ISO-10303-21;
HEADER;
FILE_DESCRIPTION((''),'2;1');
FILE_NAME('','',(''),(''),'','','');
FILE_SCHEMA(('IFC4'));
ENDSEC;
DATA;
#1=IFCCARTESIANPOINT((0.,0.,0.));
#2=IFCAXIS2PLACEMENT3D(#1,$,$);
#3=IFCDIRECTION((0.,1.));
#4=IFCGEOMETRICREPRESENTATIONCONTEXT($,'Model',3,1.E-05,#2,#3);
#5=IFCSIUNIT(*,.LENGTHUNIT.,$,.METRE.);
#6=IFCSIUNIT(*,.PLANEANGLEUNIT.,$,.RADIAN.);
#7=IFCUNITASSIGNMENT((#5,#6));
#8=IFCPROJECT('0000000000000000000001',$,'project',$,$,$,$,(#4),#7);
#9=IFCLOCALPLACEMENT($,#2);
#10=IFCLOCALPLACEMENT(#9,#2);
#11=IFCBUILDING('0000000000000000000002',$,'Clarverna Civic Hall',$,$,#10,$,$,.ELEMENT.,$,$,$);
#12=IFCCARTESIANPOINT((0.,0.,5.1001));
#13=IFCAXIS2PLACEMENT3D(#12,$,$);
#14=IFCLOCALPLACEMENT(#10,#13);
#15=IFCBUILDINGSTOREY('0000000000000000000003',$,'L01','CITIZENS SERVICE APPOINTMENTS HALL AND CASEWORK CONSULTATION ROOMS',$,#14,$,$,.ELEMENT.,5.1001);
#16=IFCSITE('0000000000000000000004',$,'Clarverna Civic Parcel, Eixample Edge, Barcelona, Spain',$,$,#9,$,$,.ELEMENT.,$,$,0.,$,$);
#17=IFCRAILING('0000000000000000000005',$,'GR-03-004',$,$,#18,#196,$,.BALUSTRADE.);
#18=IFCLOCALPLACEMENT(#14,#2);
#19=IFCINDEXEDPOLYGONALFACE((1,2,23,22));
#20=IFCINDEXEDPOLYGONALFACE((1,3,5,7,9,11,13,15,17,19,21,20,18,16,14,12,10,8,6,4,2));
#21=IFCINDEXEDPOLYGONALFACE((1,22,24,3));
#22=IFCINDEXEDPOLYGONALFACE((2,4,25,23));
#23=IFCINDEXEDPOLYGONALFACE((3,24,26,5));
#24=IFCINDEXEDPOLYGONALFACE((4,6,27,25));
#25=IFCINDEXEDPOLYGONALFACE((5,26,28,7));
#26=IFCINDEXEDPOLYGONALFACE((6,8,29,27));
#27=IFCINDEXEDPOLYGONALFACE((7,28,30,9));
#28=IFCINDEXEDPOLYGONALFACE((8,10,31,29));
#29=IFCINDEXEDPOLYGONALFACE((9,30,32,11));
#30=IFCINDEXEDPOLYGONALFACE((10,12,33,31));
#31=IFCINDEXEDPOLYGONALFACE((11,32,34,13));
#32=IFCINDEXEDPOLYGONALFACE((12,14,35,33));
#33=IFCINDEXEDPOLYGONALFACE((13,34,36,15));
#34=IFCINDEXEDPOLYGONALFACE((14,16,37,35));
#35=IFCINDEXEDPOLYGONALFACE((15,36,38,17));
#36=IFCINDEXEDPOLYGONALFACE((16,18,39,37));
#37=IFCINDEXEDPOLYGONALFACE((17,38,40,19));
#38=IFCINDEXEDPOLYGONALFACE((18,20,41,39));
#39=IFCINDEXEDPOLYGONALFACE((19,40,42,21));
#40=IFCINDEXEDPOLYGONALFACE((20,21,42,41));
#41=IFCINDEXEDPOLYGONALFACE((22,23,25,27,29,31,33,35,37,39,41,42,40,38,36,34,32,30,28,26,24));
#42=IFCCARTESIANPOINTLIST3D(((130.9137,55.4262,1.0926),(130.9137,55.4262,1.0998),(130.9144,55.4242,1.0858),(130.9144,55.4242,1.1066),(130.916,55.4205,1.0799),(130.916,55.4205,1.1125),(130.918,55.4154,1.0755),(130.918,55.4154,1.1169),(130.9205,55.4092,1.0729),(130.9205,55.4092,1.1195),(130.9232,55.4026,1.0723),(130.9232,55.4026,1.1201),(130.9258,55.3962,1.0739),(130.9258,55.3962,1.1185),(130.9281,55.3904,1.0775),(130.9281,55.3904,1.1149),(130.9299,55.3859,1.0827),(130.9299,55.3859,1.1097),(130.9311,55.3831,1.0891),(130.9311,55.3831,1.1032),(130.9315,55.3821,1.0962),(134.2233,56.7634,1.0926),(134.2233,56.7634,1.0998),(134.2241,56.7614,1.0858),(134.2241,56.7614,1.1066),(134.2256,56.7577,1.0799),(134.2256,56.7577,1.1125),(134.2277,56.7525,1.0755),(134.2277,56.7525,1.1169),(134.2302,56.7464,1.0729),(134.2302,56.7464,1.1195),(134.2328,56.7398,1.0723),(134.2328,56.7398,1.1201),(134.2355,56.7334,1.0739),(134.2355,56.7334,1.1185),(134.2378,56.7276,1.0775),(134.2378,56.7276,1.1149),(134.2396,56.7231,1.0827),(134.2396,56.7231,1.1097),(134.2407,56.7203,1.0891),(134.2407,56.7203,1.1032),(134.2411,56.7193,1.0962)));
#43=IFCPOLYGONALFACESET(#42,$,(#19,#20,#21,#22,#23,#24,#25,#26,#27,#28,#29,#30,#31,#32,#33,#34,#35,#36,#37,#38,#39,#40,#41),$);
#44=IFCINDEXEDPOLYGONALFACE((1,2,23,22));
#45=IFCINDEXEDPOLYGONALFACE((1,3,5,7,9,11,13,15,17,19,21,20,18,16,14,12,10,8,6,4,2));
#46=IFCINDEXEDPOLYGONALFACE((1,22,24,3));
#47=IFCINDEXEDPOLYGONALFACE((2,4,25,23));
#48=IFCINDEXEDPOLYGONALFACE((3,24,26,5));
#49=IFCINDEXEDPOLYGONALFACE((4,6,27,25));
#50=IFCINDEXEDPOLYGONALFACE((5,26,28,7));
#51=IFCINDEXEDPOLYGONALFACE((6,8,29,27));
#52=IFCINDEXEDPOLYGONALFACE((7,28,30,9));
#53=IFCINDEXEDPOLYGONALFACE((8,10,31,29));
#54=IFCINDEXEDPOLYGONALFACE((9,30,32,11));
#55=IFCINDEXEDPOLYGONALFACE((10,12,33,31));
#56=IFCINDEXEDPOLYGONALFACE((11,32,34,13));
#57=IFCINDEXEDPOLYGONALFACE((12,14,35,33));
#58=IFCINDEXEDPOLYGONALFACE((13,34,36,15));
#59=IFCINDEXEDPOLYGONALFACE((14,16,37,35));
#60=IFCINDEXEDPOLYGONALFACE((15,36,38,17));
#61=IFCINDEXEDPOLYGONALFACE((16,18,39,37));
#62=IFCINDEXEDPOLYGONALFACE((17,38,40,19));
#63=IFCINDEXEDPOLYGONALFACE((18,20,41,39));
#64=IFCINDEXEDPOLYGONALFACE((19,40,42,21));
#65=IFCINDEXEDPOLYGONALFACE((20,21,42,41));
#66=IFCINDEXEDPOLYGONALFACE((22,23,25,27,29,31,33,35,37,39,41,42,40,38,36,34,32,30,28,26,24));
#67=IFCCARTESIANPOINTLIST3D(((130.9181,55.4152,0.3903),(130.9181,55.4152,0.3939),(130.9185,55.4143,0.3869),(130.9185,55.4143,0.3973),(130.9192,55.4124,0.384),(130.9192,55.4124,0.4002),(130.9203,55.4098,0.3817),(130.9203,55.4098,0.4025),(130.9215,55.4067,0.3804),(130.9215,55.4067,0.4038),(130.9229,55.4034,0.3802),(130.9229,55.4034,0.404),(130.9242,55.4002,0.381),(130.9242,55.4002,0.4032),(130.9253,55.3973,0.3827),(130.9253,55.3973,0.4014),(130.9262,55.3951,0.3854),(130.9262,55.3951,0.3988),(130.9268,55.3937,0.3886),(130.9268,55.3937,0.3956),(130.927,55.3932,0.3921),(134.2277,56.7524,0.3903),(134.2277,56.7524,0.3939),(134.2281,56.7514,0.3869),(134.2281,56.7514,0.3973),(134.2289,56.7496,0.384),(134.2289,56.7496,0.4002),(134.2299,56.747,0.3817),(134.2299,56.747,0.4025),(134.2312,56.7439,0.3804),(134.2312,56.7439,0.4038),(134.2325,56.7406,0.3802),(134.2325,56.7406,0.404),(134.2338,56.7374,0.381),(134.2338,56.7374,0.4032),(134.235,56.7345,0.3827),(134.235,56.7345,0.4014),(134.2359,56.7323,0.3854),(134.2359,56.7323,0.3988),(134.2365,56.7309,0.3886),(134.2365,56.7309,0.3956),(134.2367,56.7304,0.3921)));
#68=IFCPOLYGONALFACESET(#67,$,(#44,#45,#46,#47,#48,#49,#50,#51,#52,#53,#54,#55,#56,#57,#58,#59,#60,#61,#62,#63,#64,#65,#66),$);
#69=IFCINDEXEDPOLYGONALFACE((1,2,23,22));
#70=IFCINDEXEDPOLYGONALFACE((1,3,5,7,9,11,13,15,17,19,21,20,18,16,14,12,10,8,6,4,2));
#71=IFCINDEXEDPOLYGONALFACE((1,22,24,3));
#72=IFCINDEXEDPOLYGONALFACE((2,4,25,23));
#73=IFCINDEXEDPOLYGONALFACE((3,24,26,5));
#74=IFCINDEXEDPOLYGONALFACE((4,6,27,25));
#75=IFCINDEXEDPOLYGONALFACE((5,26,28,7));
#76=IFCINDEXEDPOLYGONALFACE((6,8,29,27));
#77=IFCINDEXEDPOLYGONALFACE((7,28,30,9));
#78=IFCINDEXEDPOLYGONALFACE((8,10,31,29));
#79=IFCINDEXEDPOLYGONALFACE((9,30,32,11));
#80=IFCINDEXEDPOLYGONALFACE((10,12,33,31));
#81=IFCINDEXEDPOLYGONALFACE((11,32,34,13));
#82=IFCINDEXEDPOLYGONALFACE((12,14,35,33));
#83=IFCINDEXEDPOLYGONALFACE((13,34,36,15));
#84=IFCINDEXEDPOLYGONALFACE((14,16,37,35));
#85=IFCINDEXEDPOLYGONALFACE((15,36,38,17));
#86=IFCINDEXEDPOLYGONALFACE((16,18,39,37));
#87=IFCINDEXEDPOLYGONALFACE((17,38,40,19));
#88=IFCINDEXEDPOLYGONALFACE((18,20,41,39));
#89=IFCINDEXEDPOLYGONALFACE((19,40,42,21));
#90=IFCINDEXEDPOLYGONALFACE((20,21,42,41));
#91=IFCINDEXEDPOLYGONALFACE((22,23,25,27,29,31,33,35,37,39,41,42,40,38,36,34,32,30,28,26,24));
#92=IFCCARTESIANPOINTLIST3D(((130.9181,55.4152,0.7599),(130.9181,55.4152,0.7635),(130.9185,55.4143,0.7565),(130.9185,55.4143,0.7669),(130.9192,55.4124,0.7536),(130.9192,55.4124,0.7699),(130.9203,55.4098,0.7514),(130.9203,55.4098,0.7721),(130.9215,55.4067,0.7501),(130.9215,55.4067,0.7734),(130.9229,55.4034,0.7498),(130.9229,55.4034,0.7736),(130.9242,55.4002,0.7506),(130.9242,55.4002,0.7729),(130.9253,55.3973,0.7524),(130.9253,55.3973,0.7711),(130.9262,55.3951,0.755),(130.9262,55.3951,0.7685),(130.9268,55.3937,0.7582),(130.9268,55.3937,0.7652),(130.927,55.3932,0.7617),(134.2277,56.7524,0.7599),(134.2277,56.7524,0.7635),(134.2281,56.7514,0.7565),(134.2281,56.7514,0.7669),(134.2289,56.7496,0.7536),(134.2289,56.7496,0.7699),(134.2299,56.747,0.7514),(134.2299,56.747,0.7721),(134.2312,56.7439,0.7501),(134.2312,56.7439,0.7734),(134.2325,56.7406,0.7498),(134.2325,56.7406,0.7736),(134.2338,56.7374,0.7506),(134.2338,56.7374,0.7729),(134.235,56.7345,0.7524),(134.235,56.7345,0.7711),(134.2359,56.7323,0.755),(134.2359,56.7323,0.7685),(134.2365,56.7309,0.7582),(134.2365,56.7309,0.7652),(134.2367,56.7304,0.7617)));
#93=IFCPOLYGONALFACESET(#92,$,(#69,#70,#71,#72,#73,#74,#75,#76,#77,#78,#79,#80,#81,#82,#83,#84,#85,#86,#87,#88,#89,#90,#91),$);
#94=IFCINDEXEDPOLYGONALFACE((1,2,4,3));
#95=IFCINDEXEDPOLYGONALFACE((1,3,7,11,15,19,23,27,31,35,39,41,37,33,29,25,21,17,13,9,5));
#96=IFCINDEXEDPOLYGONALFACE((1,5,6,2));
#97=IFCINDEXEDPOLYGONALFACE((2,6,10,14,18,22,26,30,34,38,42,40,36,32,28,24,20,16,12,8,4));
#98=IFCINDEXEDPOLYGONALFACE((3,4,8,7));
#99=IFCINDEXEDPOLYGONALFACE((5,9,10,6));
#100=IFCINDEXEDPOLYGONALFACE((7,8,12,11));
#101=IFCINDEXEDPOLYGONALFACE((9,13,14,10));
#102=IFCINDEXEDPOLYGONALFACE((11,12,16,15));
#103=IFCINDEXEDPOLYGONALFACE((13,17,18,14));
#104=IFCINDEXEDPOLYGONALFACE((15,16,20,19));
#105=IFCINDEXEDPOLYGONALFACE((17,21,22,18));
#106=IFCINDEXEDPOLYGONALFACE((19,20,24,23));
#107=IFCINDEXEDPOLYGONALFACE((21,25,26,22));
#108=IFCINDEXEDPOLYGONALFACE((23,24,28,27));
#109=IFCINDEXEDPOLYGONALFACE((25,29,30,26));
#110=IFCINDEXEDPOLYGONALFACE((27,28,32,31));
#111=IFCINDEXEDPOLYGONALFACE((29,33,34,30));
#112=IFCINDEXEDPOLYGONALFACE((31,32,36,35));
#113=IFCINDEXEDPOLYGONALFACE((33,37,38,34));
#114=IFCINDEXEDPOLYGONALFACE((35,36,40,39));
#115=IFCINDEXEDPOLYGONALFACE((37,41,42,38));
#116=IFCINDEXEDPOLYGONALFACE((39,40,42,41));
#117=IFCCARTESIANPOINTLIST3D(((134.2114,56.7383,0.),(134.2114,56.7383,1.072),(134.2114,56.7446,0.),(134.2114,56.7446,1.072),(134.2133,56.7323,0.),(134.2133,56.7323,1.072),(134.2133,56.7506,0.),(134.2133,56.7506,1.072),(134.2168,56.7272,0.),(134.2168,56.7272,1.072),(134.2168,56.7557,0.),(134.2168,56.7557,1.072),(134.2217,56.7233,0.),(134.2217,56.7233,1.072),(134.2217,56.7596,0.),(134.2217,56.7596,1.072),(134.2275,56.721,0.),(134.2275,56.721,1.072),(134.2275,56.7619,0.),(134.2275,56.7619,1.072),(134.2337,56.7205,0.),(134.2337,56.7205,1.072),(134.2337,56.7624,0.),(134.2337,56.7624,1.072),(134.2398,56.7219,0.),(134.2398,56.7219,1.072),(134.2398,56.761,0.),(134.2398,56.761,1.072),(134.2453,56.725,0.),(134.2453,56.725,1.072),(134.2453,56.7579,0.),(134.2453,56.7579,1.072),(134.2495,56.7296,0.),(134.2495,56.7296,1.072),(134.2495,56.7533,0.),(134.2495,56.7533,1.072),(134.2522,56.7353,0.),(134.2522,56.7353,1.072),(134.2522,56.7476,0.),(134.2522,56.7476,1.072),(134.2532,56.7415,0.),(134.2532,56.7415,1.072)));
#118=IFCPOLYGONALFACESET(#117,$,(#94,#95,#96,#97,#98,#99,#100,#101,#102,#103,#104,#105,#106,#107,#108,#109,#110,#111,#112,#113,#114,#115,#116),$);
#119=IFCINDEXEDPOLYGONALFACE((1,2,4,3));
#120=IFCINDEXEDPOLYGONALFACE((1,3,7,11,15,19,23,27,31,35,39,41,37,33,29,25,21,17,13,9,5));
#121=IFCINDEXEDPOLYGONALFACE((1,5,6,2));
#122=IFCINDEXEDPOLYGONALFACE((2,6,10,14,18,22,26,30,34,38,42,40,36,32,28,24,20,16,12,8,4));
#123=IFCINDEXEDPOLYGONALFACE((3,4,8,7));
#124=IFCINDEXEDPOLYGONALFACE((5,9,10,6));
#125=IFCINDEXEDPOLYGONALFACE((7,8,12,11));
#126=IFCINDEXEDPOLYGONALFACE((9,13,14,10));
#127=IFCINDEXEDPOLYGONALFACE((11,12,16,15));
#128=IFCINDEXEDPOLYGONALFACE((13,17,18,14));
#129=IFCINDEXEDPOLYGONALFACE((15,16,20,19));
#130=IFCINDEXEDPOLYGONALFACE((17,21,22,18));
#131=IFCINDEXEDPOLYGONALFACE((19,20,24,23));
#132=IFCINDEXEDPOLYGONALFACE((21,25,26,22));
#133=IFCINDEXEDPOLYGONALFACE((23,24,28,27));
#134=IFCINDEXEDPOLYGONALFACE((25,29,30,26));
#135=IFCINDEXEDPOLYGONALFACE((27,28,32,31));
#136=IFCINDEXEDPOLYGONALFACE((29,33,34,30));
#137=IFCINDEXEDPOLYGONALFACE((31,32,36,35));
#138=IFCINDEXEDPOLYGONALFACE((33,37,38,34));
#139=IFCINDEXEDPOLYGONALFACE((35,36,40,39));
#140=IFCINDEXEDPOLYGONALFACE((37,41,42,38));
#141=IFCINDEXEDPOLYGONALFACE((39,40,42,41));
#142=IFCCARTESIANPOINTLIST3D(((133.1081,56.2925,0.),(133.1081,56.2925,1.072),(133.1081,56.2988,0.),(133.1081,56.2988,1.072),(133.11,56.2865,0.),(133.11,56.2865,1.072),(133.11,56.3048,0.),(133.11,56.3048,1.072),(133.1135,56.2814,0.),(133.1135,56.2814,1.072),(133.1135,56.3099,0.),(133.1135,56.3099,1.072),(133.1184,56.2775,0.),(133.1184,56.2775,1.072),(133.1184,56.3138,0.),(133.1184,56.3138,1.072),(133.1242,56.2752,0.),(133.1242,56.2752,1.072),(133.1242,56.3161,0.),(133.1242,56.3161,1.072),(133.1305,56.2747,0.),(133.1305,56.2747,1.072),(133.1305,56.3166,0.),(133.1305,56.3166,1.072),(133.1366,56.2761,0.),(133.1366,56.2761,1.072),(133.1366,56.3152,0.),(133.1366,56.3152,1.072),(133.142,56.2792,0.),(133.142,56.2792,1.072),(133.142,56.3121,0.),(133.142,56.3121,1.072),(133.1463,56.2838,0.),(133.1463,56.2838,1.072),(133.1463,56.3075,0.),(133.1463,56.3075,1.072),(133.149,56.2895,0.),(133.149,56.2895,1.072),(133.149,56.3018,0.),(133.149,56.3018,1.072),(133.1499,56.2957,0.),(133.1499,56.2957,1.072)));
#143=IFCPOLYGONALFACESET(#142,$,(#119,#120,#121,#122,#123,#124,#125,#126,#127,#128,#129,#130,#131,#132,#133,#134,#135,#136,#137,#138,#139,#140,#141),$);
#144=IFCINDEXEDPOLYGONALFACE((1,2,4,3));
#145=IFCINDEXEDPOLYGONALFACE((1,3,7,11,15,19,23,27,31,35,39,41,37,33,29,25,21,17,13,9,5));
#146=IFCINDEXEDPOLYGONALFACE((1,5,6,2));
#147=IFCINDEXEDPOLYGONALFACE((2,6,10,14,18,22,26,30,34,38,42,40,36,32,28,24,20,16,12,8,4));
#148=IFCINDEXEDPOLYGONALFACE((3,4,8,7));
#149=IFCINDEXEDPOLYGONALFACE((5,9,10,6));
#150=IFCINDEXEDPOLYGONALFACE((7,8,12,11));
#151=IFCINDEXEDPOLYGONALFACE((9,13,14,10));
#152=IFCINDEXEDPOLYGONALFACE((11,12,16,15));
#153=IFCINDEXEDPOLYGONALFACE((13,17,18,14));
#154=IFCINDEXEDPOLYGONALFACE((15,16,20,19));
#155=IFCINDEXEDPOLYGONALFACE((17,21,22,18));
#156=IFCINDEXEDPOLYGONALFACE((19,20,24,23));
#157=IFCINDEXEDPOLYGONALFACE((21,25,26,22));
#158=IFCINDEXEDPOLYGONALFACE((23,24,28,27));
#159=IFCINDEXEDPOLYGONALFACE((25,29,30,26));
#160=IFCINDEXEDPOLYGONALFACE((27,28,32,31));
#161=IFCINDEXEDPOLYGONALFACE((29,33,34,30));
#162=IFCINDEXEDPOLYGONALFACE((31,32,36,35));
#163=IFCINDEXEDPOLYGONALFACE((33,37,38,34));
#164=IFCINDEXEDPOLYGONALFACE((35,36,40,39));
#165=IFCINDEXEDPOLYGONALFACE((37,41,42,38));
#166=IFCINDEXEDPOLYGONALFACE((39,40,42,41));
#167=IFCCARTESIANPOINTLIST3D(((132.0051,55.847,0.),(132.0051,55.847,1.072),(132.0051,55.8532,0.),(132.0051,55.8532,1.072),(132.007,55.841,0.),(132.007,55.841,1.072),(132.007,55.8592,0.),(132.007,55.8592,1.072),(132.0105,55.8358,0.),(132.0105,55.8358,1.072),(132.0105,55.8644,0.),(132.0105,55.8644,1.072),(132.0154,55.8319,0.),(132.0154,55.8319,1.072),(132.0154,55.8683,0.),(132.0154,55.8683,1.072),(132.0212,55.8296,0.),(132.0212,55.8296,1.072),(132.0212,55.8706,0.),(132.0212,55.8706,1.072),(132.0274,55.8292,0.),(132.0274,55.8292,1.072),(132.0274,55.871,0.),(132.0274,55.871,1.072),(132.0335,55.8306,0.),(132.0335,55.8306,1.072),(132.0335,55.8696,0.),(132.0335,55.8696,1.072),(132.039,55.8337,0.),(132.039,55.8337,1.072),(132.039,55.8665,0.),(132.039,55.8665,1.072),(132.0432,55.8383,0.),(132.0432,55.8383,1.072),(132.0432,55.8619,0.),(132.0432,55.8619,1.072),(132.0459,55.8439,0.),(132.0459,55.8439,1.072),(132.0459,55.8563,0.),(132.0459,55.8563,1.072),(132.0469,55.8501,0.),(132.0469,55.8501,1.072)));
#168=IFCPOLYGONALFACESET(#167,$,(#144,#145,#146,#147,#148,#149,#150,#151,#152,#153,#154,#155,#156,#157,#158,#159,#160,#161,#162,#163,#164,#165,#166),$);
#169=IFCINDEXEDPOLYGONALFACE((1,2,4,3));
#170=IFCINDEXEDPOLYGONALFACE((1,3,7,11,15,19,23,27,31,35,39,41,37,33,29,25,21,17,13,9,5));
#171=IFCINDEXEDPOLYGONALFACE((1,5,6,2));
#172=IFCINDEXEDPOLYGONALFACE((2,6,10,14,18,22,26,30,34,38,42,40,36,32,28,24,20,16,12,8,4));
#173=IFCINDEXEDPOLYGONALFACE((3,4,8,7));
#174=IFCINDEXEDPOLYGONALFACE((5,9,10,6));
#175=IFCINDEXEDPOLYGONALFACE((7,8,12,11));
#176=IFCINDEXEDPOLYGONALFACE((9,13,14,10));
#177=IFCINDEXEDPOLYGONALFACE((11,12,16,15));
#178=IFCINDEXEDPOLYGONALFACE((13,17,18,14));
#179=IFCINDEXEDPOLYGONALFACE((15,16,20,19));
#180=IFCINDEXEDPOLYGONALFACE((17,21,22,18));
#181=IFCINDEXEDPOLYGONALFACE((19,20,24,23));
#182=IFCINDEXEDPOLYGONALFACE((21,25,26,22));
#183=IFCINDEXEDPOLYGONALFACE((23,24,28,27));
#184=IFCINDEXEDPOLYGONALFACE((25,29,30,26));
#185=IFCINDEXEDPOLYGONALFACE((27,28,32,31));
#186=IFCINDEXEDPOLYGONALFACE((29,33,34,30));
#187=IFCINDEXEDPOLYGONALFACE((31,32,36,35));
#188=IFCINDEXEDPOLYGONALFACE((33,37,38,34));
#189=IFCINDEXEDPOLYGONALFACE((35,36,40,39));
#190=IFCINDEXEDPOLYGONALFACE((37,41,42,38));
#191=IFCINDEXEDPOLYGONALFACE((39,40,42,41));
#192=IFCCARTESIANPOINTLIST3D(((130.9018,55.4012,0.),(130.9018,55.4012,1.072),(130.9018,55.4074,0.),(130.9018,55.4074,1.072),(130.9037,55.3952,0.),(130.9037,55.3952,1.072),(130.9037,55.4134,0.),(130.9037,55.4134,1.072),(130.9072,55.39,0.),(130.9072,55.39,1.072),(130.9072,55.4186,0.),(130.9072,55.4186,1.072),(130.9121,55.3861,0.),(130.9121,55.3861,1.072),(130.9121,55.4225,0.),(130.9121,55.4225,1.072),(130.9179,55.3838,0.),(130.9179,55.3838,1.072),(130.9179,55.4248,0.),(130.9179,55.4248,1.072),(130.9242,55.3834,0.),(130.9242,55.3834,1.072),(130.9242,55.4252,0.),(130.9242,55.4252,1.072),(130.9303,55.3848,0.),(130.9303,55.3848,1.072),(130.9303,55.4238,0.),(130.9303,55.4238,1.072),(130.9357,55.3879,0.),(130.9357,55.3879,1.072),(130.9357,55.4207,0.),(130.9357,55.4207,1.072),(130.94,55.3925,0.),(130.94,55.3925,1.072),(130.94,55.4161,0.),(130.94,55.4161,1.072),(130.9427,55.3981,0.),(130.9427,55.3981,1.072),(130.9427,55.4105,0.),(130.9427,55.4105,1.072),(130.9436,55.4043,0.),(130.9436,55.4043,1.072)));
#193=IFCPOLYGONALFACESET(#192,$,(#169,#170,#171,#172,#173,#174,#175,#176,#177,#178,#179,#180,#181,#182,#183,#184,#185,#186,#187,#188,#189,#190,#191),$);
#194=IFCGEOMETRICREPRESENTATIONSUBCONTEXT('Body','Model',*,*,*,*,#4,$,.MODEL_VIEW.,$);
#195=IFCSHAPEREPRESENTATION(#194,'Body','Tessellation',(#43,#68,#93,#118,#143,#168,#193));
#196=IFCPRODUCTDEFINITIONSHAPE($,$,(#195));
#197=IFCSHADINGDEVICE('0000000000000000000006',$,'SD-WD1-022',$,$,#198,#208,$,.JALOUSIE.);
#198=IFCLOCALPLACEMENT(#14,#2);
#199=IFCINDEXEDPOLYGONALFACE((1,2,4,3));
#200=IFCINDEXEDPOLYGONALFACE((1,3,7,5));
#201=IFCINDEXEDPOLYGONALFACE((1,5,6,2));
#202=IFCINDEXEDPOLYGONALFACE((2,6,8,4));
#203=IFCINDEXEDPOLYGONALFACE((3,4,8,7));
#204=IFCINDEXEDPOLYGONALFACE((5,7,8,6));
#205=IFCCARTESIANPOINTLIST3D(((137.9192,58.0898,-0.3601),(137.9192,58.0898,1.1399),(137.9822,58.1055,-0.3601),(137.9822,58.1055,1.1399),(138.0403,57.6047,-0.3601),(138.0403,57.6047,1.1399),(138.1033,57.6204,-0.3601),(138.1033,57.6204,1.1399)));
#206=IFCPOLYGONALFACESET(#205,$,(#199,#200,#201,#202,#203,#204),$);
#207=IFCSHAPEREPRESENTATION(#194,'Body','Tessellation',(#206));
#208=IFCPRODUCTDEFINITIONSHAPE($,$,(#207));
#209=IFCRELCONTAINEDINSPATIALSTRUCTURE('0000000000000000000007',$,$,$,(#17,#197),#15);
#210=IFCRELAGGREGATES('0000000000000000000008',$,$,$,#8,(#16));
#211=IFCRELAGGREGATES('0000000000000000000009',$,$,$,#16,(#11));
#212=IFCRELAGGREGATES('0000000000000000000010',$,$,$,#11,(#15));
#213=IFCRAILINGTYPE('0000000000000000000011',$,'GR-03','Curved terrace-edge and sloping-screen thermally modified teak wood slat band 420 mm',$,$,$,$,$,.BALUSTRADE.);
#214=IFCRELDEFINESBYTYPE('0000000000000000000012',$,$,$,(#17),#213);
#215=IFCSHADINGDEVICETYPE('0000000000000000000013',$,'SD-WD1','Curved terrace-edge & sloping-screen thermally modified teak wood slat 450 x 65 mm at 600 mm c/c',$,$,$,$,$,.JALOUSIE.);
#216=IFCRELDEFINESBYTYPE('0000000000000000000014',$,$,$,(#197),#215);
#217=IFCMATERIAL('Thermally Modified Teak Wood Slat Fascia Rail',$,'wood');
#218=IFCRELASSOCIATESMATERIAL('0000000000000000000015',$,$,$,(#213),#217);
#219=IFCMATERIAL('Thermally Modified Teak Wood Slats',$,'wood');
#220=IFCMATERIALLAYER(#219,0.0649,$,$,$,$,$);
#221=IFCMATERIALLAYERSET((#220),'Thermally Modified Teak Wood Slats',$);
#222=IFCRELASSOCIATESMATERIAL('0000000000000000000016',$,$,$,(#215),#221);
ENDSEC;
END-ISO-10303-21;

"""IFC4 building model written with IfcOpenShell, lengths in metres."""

from ifc_helpers import new_model, si_unit, direction, frame, frame_2d, origin, origin_2d, place, context, subcontext, project, spatial, rectangle, circle, extrude, material, layer, layer_set, type_object, element, save


model = new_model("IFC4")

# Units and contexts
model_context = context("Model", 3, precision=1e-05, world=origin(), true_north=direction((0.0, 1.0)))
body_context = subcontext(model_context, "Body", "Model", "MODEL_VIEW")
ifc_project = project(units=[si_unit("LENGTHUNIT", "METRE"), si_unit("PLANEANGLEUNIT", "RADIAN")], contexts=[model_context])

# Site, building, storey
site_placement = place(None, origin())
site = spatial("IfcSite", under=ifc_project, at=site_placement, Name="Clarverna Civic Parcel, Eixample Edge, Barcelona, Spain", CompositionType="ELEMENT", RefElevation=0.0)
building_placement = place(site_placement, origin())
building = spatial("IfcBuilding", under=site, at=building_placement, Name="Clarverna Civic Hall", CompositionType="ELEMENT")
storey_placement = place(building_placement, frame((0.0, 0.0, 5.1001)))
storey = spatial("IfcBuildingStorey", under=building, at=storey_placement, Name="L01", Description="CITIZENS SERVICE APPOINTMENTS HALL AND CASEWORK CONSULTATION ROOMS", CompositionType="ELEMENT", Elevation=5.1001)

# Railing
ifc_material_1 = material(Name="Thermally Modified Teak Wood Slat Fascia Rail", Category="wood")
railing_type_1 = type_object("IfcRailingType", Name="GR-03", Description="Curved terrace-edge and sloping-screen thermally modified teak wood slat band 420 mm", PredefinedType="BALUSTRADE", material=ifc_material_1)
railing_1_placement = place(storey_placement, frame((134.2322, 56.7415, 0.0)))
element("IfcRailing", 1, at=railing_1_placement, inside=storey, type_object=railing_type_1, Name="GR-03-004", PredefinedType="BALUSTRADE", context=body_context, shape_type="SweptSolid", body=[
    extrude(circle(Radius=0.0239, at=origin_2d()), frame((0.0, 0.0, 1.0962), z_axis=(-0.927183, -0.374608, 0.0), x_axis=(0.374608, -0.927183, 0.0)), (0.0, 0.0, 1.0), 3.5696),
    extrude(circle(Radius=0.012, at=origin_2d()), frame((0.0, 0.0, 0.3921), z_axis=(-0.927183, -0.374608, 0.0), x_axis=(0.374608, -0.927183, 0.0)), (0.0, 0.0, 1.0), 3.5696),
    extrude(circle(Radius=0.012, at=origin_2d()), frame((0.0, 0.0, 0.7617), z_axis=(-0.927183, -0.374608, 0.0), x_axis=(0.374608, -0.927183, 0.0)), (0.0, 0.0, 1.0), 3.5696),
    extrude(circle(Radius=0.021, at=origin_2d()), origin(), (0.0, 0.0, 1.0), 1.072),
    extrude(circle(Radius=0.021, at=origin_2d()), frame((-1.1033, -0.4458, 0.0)), (0.0, 0.0, 1.0), 1.072),
    extrude(circle(Radius=0.021, at=origin_2d()), frame((-2.2063, -0.8914, 0.0)), (0.0, 0.0, 1.0), 1.072),
    extrude(circle(Radius=0.021, at=origin_2d()), frame((-3.3096, -1.3372, 0.0)), (0.0, 0.0, 1.0), 1.072),
])

# Shading device
ifc_material_2 = material(Name="Thermally Modified Teak Wood Slats", Category="wood")
ifc_layer_1 = layer(ifc_material_2, 0.0649)
ifc_layer_set_1 = layer_set([ifc_layer_1], Name="Thermally Modified Teak Wood Slats")
shading_device_type = type_object("IfcShadingDeviceType", Name="SD-WD1", Description="Curved terrace-edge & sloping-screen thermally modified teak wood slat 450 x 65 mm at 600 mm c/c", PredefinedType="JALOUSIE", material=ifc_layer_set_1)
shading_device_1_placement = place(storey_placement, frame((137.9507, 58.0977, -0.3601), z_axis=(0.0, 0.0, 1.0), x_axis=(0.242191, -0.970229, 0.0)))
element("IfcShadingDevice", 2, at=shading_device_1_placement, inside=storey, type_object=shading_device_type, Name="SD-WD1-022", PredefinedType="JALOUSIE", context=body_context, shape_type="SweptSolid", body=[
    extrude(rectangle(XDim=0.5, YDim=0.0649, at=frame_2d((0.25, 0.0))), origin(), (0.0, 0.0, 1.0), 1.5),
])

save(model, "model.ifc")
